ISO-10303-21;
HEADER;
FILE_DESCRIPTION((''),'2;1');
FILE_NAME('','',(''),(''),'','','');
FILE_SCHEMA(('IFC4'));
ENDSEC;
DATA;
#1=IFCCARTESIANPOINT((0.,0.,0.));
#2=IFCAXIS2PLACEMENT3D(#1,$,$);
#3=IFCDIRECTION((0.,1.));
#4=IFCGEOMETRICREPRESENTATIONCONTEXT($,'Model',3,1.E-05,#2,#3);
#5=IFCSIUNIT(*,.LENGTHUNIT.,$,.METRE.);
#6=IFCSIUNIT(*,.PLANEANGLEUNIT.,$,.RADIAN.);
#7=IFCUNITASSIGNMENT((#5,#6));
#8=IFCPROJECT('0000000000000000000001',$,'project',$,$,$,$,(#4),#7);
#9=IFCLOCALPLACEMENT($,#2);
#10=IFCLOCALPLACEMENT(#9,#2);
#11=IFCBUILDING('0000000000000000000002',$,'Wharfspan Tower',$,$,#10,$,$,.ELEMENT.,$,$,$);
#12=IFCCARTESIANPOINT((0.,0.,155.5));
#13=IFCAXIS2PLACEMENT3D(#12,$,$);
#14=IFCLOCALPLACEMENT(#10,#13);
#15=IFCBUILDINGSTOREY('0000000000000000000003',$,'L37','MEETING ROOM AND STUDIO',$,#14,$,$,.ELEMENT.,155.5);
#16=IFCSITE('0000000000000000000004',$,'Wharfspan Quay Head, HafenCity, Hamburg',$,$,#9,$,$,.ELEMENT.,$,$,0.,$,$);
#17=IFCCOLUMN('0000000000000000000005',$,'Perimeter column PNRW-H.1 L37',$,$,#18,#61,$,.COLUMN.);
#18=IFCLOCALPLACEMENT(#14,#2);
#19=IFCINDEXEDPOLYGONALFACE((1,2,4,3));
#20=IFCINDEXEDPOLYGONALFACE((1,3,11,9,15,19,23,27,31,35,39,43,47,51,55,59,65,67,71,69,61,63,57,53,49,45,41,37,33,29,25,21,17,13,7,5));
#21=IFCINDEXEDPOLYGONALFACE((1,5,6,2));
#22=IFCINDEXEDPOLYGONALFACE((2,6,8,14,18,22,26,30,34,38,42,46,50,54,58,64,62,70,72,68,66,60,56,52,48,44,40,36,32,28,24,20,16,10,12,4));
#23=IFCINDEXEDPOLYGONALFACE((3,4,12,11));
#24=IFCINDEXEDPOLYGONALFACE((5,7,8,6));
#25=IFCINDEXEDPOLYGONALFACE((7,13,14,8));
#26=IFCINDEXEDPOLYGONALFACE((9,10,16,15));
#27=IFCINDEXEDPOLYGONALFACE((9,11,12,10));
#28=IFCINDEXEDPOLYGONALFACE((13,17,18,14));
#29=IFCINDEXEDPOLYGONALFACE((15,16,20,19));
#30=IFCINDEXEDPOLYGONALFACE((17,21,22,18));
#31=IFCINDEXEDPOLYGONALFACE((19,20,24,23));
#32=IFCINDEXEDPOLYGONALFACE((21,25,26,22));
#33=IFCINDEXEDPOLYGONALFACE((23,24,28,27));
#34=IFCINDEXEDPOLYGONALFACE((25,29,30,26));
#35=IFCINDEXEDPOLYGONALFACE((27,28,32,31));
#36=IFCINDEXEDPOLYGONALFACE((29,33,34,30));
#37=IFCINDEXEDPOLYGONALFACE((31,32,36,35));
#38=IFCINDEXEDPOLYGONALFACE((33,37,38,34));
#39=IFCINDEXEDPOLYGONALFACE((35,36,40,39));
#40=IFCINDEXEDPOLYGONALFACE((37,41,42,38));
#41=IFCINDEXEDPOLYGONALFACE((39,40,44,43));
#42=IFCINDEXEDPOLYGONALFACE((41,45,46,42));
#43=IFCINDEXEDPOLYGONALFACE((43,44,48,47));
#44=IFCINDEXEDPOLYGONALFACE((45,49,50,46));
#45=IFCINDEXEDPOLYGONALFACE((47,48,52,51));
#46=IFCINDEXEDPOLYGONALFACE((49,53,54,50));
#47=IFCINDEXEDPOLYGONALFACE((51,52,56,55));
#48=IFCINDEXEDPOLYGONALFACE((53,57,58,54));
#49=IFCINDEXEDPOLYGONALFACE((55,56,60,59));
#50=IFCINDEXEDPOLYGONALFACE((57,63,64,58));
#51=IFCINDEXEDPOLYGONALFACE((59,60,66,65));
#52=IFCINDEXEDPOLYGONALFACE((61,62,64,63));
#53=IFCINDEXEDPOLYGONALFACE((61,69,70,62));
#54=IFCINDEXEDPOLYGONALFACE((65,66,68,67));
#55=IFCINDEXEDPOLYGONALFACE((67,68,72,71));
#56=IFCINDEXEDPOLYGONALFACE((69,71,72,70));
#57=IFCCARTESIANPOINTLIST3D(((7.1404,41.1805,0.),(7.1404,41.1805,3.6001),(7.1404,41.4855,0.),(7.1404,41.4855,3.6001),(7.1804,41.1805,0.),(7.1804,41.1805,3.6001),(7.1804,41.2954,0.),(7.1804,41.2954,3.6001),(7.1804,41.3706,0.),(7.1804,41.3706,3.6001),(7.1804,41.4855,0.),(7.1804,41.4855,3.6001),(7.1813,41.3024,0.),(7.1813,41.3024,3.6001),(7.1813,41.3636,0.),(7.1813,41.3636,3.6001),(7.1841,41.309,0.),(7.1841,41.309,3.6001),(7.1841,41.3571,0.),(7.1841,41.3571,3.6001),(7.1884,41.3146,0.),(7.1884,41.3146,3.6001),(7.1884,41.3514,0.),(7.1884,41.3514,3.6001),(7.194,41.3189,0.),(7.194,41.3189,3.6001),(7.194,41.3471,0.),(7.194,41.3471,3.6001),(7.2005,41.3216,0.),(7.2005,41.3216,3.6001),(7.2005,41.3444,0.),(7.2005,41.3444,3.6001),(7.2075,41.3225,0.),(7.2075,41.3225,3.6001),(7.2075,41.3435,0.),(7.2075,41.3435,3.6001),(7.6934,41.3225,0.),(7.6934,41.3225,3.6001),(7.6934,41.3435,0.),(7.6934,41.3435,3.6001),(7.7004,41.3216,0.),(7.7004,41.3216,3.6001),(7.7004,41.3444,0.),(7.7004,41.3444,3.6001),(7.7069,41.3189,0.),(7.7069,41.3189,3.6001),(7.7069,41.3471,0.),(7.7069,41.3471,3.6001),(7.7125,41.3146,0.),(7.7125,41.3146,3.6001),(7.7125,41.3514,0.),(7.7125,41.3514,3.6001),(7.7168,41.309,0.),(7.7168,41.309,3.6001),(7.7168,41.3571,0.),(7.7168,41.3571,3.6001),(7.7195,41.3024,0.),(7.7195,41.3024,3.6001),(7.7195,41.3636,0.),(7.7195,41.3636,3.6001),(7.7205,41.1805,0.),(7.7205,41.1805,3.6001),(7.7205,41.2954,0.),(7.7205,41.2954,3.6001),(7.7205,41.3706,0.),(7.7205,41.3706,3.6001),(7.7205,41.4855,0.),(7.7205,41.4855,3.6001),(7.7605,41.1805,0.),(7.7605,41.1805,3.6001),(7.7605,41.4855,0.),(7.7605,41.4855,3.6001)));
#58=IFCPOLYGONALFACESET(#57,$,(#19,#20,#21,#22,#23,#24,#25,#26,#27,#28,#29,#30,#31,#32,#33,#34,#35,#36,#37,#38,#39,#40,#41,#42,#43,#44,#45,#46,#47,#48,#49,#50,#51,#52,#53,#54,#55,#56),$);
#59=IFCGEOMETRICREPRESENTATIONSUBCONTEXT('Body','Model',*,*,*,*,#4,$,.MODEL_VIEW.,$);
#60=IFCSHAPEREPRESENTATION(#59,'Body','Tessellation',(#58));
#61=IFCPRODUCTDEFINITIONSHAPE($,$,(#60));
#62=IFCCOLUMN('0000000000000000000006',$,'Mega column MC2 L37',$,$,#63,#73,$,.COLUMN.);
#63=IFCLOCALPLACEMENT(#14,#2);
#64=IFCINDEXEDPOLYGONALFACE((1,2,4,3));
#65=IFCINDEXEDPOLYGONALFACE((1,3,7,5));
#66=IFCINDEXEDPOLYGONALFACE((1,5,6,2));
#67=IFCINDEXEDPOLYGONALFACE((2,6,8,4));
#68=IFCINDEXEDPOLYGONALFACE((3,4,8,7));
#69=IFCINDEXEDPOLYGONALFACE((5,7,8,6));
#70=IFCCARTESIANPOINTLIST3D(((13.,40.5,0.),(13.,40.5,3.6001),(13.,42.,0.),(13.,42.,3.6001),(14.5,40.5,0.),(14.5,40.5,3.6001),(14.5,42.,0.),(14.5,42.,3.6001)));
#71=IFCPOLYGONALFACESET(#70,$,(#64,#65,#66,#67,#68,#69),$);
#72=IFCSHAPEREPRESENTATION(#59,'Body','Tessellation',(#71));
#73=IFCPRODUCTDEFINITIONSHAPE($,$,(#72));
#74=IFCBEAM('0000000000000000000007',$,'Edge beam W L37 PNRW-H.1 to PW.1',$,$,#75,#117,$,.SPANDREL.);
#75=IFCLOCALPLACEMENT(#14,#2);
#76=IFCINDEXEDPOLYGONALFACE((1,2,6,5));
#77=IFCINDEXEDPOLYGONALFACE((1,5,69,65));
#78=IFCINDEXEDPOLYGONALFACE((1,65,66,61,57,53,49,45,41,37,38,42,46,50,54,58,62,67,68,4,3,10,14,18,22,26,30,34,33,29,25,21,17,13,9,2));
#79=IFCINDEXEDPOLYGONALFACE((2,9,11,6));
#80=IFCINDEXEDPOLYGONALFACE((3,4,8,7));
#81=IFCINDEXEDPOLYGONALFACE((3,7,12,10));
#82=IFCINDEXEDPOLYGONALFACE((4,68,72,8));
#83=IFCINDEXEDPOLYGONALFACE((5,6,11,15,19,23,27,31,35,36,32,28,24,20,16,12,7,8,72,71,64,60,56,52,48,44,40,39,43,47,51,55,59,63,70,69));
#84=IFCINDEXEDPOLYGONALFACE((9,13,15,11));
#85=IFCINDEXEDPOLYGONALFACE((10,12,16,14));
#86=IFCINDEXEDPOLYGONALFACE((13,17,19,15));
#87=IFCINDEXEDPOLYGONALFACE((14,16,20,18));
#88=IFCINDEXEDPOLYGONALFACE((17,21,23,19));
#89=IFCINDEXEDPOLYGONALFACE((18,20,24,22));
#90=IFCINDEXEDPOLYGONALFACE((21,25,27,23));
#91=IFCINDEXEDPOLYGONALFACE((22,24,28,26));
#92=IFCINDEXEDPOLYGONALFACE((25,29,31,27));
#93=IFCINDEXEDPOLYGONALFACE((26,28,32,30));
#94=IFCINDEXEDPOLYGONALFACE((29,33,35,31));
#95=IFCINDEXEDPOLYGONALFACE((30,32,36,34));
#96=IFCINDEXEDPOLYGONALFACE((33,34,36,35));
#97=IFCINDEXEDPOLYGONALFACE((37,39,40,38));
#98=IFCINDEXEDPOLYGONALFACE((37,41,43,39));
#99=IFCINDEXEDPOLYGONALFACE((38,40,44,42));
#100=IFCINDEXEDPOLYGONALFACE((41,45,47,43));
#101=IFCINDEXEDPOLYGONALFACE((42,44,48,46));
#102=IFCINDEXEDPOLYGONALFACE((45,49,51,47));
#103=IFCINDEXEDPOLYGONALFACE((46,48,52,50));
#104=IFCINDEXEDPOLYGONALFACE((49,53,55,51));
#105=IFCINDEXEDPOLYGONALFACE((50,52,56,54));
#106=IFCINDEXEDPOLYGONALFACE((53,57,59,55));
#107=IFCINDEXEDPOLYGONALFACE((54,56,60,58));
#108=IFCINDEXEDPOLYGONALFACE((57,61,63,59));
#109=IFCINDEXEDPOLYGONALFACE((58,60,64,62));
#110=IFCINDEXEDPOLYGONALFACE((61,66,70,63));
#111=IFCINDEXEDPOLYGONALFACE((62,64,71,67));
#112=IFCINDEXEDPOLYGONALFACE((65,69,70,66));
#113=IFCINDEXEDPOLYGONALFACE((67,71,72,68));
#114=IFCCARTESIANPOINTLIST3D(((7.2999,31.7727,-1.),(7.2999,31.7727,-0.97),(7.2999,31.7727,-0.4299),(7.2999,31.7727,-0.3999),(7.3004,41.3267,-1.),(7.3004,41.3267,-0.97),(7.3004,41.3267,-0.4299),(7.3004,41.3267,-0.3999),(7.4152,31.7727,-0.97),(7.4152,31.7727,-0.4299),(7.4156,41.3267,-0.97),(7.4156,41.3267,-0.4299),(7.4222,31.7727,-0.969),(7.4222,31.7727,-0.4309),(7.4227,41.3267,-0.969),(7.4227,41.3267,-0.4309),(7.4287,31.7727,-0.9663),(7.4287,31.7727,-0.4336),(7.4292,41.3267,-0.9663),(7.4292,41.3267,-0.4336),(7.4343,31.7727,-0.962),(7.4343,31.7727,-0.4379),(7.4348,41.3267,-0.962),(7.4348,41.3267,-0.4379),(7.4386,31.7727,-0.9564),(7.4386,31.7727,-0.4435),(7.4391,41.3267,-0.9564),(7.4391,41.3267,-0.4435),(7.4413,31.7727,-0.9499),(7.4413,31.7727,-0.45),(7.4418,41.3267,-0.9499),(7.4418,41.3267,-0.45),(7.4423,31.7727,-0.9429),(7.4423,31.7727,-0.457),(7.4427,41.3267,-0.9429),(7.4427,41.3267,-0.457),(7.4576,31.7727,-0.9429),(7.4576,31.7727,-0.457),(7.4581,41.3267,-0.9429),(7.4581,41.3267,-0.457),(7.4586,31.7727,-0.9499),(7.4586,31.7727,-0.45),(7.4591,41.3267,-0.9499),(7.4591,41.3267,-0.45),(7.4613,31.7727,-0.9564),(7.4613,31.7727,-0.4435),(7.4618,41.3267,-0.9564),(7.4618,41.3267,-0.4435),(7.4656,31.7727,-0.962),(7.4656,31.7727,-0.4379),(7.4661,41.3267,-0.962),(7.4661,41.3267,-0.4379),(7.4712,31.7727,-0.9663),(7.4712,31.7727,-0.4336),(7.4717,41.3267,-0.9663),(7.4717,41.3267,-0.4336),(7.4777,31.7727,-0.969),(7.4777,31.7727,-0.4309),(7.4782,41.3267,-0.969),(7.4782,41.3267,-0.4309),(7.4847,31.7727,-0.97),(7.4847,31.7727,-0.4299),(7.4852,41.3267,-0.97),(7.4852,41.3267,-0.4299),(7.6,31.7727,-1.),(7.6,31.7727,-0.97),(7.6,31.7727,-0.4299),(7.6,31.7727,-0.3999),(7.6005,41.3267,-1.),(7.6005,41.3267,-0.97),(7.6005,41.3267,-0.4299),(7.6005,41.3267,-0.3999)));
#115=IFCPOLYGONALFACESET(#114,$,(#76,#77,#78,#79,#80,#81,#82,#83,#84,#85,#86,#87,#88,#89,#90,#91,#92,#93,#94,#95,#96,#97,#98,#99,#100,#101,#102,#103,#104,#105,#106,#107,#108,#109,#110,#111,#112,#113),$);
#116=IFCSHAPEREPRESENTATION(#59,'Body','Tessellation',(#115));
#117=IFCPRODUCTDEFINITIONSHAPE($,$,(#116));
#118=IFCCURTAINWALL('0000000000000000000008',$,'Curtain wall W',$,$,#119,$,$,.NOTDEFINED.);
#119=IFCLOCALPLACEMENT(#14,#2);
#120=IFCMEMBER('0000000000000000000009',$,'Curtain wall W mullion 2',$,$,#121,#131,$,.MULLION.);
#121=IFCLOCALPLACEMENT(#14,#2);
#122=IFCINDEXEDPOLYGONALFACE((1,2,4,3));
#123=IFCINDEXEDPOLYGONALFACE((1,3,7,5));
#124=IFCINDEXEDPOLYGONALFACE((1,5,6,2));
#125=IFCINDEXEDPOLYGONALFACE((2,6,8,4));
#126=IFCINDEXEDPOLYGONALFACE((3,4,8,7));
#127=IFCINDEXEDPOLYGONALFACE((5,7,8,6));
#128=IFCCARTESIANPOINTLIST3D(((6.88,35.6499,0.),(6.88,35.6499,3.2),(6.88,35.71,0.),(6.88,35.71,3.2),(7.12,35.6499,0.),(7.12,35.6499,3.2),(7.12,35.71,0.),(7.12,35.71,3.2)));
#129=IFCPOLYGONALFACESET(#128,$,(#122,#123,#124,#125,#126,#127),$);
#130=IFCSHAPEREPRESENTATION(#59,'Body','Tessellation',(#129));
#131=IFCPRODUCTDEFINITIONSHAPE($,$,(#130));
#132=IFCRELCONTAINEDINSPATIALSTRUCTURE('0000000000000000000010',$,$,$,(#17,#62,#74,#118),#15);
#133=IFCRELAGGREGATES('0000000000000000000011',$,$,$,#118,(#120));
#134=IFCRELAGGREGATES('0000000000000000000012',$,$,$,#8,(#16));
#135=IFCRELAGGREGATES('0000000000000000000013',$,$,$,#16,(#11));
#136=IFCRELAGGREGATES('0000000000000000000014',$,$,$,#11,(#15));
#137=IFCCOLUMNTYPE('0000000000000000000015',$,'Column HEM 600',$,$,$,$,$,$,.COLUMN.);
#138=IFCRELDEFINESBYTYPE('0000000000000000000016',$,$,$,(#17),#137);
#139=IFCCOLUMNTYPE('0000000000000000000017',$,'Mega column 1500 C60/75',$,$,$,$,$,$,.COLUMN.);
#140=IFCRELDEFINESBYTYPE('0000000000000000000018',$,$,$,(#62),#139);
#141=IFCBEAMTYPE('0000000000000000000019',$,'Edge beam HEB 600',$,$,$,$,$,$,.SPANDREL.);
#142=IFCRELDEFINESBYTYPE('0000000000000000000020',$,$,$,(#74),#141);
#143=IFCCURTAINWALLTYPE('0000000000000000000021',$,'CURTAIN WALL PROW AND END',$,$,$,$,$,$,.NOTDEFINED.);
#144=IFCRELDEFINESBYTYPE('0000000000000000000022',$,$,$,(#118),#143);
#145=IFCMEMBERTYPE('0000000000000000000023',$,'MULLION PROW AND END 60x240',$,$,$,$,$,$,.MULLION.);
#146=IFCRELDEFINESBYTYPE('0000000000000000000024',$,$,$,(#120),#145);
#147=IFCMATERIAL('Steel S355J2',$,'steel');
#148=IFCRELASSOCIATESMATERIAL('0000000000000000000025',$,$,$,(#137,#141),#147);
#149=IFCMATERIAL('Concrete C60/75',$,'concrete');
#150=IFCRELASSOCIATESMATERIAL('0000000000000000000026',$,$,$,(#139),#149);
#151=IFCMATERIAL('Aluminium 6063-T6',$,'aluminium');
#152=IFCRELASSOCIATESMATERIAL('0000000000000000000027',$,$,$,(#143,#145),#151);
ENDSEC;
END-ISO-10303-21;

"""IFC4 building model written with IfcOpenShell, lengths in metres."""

from ifc_helpers import new_model, si_unit, direction, frame, origin, origin_2d, place, context, subcontext, project, spatial, rectangle, i_section, extrude, material, material_profile, profile_set, type_object, element, aggregate, save


model = new_model("IFC4")

# Units and contexts
model_context = context("Model", 3, precision=1e-05, world=origin(), true_north=direction((0.0, 1.0)))
body_context = subcontext(model_context, "Body", "Model", "MODEL_VIEW")
ifc_project = project(units=[si_unit("LENGTHUNIT", "METRE"), si_unit("PLANEANGLEUNIT", "RADIAN")], contexts=[model_context])

# Site, building, storey
site_placement = place(None, origin())
site = spatial("IfcSite", under=ifc_project, at=site_placement, Name="Wharfspan Quay Head, HafenCity, Hamburg", CompositionType="ELEMENT", RefElevation=0.0)
building_placement = place(site_placement, origin())
building = spatial("IfcBuilding", under=site, at=building_placement, Name="Wharfspan Tower", CompositionType="ELEMENT")
storey_placement = place(building_placement, frame((0.0, 0.0, 155.5)))
storey = spatial("IfcBuildingStorey", under=building, at=storey_placement, Name="L37", Description="MEETING ROOM AND STUDIO", CompositionType="ELEMENT", Elevation=155.5)

# Columns
ifc_material_1 = material(Name="Steel S355J2", Category="steel")
ifc_material_profile_1 = material_profile(ifc_material_1, i_section(OverallWidth=0.3049, OverallDepth=0.6201, WebThickness=0.021, FlangeThickness=0.04, FilletRadius=0.0271, at=origin_2d()))
ifc_profile_set_1 = profile_set([ifc_material_profile_1], Name="Steel S355J2")
column_type_1 = type_object("IfcColumnType", Name="Column HEM 600", PredefinedType="COLUMN", material=ifc_profile_set_1)
column_1_placement = place(storey_placement, frame((7.4504, 41.333, 0.0), z_axis=(0.0, 0.0, 1.0), x_axis=(0.0, 1.0, 0.0)))
element("IfcColumn", 1, at=column_1_placement, inside=storey, type_object=column_type_1, Name="Perimeter column PNRW-H.1 L37", PredefinedType="COLUMN", context=body_context, shape_type="SweptSolid", body=[
    extrude(i_section(OverallWidth=0.3049, OverallDepth=0.6201, WebThickness=0.021, FlangeThickness=0.04, FilletRadius=0.0271, at=origin_2d()), origin(), (0.0, 0.0, 1.0), 3.6001),
])
ifc_material_2 = material(Name="Concrete C60/75", Category="concrete")
ifc_material_profile_2 = material_profile(ifc_material_2, rectangle(XDim=1.5, YDim=1.5, at=origin_2d()))
ifc_profile_set_2 = profile_set([ifc_material_profile_2], Name="Concrete C60/75")
column_type_2 = type_object("IfcColumnType", Name="Mega column 1500 C60/75", PredefinedType="COLUMN", material=ifc_profile_set_2)
column_2_placement = place(storey_placement, frame((13.75, 41.25, 0.0), z_axis=(0.0, 0.0, 1.0), x_axis=(1.0, 0.0, 0.0)))
element("IfcColumn", 2, at=column_2_placement, inside=storey, type_object=column_type_2, Name="Mega column MC2 L37", PredefinedType="COLUMN", context=body_context, shape_type="SweptSolid", body=[
    extrude(rectangle(XDim=1.5, YDim=1.5, at=origin_2d()), origin(), (0.0, 0.0, 1.0), 3.6001),
])

# Beam
ifc_material_profile_3 = material_profile(ifc_material_1, i_section(OverallWidth=0.3, OverallDepth=0.6001, WebThickness=0.0154, FlangeThickness=0.03, FilletRadius=0.0271, at=origin_2d()))
ifc_profile_set_3 = profile_set([ifc_material_profile_3], Name="Steel S355J2")
beam_type = type_object("IfcBeamType", Name="Edge beam HEB 600", PredefinedType="SPANDREL", material=ifc_profile_set_3)
beam_placement = place(storey_placement, frame((7.4504, 41.3267, -0.7), z_axis=(-0.000051, -1.0, 0.0), x_axis=(1.0, -0.000051, 0.0)))
element("IfcBeam", 3, at=beam_placement, inside=storey, type_object=beam_type, Name="Edge beam W L37 PNRW-H.1 to PW.1", PredefinedType="SPANDREL", context=body_context, shape_type="SweptSolid", body=[
    extrude(i_section(OverallWidth=0.3, OverallDepth=0.6001, WebThickness=0.0154, FlangeThickness=0.03, FilletRadius=0.0271, at=origin_2d()), origin(), (0.0, 0.0, 1.0), 9.554),
])

# Curtain wall, member
ifc_material_3 = material(Name="Aluminium 6063-T6", Category="aluminium")
curtain_wall_type = type_object("IfcCurtainWallType", Name="CURTAIN WALL PROW AND END", PredefinedType="NOTDEFINED", material=ifc_material_3)
curtain_wall_1_placement = place(storey_placement, origin())
curtain_wall_1 = element("IfcCurtainWall", 4, at=curtain_wall_1_placement, inside=storey, type_object=curtain_wall_type, Name="Curtain wall W", PredefinedType="NOTDEFINED")
ifc_material_profile_4 = material_profile(ifc_material_3, rectangle(XDim=0.24, YDim=0.0601, at=origin_2d()))
ifc_profile_set_4 = profile_set([ifc_material_profile_4], Name="Aluminium 6063-T6")
member_type_1 = type_object("IfcMemberType", Name="MULLION PROW AND END 60x240", PredefinedType="MULLION", material=ifc_profile_set_4)
member_1_placement = place(storey_placement, frame((7.0, 35.6799, 0.0), z_axis=(0.0, 0.0, 1.0), x_axis=(1.0, 0.0, 0.0)))
member_1 = element("IfcMember", 5, at=member_1_placement, type_object=member_type_1, Name="Curtain wall W mullion 2", PredefinedType="MULLION", context=body_context, shape_type="SweptSolid", body=[
    extrude(rectangle(XDim=0.24, YDim=0.0601, at=origin_2d()), origin(), (0.0, 0.0, 1.0), 3.2),
])

aggregate(curtain_wall_1, [member_1])

save(model, "model.ifc")
